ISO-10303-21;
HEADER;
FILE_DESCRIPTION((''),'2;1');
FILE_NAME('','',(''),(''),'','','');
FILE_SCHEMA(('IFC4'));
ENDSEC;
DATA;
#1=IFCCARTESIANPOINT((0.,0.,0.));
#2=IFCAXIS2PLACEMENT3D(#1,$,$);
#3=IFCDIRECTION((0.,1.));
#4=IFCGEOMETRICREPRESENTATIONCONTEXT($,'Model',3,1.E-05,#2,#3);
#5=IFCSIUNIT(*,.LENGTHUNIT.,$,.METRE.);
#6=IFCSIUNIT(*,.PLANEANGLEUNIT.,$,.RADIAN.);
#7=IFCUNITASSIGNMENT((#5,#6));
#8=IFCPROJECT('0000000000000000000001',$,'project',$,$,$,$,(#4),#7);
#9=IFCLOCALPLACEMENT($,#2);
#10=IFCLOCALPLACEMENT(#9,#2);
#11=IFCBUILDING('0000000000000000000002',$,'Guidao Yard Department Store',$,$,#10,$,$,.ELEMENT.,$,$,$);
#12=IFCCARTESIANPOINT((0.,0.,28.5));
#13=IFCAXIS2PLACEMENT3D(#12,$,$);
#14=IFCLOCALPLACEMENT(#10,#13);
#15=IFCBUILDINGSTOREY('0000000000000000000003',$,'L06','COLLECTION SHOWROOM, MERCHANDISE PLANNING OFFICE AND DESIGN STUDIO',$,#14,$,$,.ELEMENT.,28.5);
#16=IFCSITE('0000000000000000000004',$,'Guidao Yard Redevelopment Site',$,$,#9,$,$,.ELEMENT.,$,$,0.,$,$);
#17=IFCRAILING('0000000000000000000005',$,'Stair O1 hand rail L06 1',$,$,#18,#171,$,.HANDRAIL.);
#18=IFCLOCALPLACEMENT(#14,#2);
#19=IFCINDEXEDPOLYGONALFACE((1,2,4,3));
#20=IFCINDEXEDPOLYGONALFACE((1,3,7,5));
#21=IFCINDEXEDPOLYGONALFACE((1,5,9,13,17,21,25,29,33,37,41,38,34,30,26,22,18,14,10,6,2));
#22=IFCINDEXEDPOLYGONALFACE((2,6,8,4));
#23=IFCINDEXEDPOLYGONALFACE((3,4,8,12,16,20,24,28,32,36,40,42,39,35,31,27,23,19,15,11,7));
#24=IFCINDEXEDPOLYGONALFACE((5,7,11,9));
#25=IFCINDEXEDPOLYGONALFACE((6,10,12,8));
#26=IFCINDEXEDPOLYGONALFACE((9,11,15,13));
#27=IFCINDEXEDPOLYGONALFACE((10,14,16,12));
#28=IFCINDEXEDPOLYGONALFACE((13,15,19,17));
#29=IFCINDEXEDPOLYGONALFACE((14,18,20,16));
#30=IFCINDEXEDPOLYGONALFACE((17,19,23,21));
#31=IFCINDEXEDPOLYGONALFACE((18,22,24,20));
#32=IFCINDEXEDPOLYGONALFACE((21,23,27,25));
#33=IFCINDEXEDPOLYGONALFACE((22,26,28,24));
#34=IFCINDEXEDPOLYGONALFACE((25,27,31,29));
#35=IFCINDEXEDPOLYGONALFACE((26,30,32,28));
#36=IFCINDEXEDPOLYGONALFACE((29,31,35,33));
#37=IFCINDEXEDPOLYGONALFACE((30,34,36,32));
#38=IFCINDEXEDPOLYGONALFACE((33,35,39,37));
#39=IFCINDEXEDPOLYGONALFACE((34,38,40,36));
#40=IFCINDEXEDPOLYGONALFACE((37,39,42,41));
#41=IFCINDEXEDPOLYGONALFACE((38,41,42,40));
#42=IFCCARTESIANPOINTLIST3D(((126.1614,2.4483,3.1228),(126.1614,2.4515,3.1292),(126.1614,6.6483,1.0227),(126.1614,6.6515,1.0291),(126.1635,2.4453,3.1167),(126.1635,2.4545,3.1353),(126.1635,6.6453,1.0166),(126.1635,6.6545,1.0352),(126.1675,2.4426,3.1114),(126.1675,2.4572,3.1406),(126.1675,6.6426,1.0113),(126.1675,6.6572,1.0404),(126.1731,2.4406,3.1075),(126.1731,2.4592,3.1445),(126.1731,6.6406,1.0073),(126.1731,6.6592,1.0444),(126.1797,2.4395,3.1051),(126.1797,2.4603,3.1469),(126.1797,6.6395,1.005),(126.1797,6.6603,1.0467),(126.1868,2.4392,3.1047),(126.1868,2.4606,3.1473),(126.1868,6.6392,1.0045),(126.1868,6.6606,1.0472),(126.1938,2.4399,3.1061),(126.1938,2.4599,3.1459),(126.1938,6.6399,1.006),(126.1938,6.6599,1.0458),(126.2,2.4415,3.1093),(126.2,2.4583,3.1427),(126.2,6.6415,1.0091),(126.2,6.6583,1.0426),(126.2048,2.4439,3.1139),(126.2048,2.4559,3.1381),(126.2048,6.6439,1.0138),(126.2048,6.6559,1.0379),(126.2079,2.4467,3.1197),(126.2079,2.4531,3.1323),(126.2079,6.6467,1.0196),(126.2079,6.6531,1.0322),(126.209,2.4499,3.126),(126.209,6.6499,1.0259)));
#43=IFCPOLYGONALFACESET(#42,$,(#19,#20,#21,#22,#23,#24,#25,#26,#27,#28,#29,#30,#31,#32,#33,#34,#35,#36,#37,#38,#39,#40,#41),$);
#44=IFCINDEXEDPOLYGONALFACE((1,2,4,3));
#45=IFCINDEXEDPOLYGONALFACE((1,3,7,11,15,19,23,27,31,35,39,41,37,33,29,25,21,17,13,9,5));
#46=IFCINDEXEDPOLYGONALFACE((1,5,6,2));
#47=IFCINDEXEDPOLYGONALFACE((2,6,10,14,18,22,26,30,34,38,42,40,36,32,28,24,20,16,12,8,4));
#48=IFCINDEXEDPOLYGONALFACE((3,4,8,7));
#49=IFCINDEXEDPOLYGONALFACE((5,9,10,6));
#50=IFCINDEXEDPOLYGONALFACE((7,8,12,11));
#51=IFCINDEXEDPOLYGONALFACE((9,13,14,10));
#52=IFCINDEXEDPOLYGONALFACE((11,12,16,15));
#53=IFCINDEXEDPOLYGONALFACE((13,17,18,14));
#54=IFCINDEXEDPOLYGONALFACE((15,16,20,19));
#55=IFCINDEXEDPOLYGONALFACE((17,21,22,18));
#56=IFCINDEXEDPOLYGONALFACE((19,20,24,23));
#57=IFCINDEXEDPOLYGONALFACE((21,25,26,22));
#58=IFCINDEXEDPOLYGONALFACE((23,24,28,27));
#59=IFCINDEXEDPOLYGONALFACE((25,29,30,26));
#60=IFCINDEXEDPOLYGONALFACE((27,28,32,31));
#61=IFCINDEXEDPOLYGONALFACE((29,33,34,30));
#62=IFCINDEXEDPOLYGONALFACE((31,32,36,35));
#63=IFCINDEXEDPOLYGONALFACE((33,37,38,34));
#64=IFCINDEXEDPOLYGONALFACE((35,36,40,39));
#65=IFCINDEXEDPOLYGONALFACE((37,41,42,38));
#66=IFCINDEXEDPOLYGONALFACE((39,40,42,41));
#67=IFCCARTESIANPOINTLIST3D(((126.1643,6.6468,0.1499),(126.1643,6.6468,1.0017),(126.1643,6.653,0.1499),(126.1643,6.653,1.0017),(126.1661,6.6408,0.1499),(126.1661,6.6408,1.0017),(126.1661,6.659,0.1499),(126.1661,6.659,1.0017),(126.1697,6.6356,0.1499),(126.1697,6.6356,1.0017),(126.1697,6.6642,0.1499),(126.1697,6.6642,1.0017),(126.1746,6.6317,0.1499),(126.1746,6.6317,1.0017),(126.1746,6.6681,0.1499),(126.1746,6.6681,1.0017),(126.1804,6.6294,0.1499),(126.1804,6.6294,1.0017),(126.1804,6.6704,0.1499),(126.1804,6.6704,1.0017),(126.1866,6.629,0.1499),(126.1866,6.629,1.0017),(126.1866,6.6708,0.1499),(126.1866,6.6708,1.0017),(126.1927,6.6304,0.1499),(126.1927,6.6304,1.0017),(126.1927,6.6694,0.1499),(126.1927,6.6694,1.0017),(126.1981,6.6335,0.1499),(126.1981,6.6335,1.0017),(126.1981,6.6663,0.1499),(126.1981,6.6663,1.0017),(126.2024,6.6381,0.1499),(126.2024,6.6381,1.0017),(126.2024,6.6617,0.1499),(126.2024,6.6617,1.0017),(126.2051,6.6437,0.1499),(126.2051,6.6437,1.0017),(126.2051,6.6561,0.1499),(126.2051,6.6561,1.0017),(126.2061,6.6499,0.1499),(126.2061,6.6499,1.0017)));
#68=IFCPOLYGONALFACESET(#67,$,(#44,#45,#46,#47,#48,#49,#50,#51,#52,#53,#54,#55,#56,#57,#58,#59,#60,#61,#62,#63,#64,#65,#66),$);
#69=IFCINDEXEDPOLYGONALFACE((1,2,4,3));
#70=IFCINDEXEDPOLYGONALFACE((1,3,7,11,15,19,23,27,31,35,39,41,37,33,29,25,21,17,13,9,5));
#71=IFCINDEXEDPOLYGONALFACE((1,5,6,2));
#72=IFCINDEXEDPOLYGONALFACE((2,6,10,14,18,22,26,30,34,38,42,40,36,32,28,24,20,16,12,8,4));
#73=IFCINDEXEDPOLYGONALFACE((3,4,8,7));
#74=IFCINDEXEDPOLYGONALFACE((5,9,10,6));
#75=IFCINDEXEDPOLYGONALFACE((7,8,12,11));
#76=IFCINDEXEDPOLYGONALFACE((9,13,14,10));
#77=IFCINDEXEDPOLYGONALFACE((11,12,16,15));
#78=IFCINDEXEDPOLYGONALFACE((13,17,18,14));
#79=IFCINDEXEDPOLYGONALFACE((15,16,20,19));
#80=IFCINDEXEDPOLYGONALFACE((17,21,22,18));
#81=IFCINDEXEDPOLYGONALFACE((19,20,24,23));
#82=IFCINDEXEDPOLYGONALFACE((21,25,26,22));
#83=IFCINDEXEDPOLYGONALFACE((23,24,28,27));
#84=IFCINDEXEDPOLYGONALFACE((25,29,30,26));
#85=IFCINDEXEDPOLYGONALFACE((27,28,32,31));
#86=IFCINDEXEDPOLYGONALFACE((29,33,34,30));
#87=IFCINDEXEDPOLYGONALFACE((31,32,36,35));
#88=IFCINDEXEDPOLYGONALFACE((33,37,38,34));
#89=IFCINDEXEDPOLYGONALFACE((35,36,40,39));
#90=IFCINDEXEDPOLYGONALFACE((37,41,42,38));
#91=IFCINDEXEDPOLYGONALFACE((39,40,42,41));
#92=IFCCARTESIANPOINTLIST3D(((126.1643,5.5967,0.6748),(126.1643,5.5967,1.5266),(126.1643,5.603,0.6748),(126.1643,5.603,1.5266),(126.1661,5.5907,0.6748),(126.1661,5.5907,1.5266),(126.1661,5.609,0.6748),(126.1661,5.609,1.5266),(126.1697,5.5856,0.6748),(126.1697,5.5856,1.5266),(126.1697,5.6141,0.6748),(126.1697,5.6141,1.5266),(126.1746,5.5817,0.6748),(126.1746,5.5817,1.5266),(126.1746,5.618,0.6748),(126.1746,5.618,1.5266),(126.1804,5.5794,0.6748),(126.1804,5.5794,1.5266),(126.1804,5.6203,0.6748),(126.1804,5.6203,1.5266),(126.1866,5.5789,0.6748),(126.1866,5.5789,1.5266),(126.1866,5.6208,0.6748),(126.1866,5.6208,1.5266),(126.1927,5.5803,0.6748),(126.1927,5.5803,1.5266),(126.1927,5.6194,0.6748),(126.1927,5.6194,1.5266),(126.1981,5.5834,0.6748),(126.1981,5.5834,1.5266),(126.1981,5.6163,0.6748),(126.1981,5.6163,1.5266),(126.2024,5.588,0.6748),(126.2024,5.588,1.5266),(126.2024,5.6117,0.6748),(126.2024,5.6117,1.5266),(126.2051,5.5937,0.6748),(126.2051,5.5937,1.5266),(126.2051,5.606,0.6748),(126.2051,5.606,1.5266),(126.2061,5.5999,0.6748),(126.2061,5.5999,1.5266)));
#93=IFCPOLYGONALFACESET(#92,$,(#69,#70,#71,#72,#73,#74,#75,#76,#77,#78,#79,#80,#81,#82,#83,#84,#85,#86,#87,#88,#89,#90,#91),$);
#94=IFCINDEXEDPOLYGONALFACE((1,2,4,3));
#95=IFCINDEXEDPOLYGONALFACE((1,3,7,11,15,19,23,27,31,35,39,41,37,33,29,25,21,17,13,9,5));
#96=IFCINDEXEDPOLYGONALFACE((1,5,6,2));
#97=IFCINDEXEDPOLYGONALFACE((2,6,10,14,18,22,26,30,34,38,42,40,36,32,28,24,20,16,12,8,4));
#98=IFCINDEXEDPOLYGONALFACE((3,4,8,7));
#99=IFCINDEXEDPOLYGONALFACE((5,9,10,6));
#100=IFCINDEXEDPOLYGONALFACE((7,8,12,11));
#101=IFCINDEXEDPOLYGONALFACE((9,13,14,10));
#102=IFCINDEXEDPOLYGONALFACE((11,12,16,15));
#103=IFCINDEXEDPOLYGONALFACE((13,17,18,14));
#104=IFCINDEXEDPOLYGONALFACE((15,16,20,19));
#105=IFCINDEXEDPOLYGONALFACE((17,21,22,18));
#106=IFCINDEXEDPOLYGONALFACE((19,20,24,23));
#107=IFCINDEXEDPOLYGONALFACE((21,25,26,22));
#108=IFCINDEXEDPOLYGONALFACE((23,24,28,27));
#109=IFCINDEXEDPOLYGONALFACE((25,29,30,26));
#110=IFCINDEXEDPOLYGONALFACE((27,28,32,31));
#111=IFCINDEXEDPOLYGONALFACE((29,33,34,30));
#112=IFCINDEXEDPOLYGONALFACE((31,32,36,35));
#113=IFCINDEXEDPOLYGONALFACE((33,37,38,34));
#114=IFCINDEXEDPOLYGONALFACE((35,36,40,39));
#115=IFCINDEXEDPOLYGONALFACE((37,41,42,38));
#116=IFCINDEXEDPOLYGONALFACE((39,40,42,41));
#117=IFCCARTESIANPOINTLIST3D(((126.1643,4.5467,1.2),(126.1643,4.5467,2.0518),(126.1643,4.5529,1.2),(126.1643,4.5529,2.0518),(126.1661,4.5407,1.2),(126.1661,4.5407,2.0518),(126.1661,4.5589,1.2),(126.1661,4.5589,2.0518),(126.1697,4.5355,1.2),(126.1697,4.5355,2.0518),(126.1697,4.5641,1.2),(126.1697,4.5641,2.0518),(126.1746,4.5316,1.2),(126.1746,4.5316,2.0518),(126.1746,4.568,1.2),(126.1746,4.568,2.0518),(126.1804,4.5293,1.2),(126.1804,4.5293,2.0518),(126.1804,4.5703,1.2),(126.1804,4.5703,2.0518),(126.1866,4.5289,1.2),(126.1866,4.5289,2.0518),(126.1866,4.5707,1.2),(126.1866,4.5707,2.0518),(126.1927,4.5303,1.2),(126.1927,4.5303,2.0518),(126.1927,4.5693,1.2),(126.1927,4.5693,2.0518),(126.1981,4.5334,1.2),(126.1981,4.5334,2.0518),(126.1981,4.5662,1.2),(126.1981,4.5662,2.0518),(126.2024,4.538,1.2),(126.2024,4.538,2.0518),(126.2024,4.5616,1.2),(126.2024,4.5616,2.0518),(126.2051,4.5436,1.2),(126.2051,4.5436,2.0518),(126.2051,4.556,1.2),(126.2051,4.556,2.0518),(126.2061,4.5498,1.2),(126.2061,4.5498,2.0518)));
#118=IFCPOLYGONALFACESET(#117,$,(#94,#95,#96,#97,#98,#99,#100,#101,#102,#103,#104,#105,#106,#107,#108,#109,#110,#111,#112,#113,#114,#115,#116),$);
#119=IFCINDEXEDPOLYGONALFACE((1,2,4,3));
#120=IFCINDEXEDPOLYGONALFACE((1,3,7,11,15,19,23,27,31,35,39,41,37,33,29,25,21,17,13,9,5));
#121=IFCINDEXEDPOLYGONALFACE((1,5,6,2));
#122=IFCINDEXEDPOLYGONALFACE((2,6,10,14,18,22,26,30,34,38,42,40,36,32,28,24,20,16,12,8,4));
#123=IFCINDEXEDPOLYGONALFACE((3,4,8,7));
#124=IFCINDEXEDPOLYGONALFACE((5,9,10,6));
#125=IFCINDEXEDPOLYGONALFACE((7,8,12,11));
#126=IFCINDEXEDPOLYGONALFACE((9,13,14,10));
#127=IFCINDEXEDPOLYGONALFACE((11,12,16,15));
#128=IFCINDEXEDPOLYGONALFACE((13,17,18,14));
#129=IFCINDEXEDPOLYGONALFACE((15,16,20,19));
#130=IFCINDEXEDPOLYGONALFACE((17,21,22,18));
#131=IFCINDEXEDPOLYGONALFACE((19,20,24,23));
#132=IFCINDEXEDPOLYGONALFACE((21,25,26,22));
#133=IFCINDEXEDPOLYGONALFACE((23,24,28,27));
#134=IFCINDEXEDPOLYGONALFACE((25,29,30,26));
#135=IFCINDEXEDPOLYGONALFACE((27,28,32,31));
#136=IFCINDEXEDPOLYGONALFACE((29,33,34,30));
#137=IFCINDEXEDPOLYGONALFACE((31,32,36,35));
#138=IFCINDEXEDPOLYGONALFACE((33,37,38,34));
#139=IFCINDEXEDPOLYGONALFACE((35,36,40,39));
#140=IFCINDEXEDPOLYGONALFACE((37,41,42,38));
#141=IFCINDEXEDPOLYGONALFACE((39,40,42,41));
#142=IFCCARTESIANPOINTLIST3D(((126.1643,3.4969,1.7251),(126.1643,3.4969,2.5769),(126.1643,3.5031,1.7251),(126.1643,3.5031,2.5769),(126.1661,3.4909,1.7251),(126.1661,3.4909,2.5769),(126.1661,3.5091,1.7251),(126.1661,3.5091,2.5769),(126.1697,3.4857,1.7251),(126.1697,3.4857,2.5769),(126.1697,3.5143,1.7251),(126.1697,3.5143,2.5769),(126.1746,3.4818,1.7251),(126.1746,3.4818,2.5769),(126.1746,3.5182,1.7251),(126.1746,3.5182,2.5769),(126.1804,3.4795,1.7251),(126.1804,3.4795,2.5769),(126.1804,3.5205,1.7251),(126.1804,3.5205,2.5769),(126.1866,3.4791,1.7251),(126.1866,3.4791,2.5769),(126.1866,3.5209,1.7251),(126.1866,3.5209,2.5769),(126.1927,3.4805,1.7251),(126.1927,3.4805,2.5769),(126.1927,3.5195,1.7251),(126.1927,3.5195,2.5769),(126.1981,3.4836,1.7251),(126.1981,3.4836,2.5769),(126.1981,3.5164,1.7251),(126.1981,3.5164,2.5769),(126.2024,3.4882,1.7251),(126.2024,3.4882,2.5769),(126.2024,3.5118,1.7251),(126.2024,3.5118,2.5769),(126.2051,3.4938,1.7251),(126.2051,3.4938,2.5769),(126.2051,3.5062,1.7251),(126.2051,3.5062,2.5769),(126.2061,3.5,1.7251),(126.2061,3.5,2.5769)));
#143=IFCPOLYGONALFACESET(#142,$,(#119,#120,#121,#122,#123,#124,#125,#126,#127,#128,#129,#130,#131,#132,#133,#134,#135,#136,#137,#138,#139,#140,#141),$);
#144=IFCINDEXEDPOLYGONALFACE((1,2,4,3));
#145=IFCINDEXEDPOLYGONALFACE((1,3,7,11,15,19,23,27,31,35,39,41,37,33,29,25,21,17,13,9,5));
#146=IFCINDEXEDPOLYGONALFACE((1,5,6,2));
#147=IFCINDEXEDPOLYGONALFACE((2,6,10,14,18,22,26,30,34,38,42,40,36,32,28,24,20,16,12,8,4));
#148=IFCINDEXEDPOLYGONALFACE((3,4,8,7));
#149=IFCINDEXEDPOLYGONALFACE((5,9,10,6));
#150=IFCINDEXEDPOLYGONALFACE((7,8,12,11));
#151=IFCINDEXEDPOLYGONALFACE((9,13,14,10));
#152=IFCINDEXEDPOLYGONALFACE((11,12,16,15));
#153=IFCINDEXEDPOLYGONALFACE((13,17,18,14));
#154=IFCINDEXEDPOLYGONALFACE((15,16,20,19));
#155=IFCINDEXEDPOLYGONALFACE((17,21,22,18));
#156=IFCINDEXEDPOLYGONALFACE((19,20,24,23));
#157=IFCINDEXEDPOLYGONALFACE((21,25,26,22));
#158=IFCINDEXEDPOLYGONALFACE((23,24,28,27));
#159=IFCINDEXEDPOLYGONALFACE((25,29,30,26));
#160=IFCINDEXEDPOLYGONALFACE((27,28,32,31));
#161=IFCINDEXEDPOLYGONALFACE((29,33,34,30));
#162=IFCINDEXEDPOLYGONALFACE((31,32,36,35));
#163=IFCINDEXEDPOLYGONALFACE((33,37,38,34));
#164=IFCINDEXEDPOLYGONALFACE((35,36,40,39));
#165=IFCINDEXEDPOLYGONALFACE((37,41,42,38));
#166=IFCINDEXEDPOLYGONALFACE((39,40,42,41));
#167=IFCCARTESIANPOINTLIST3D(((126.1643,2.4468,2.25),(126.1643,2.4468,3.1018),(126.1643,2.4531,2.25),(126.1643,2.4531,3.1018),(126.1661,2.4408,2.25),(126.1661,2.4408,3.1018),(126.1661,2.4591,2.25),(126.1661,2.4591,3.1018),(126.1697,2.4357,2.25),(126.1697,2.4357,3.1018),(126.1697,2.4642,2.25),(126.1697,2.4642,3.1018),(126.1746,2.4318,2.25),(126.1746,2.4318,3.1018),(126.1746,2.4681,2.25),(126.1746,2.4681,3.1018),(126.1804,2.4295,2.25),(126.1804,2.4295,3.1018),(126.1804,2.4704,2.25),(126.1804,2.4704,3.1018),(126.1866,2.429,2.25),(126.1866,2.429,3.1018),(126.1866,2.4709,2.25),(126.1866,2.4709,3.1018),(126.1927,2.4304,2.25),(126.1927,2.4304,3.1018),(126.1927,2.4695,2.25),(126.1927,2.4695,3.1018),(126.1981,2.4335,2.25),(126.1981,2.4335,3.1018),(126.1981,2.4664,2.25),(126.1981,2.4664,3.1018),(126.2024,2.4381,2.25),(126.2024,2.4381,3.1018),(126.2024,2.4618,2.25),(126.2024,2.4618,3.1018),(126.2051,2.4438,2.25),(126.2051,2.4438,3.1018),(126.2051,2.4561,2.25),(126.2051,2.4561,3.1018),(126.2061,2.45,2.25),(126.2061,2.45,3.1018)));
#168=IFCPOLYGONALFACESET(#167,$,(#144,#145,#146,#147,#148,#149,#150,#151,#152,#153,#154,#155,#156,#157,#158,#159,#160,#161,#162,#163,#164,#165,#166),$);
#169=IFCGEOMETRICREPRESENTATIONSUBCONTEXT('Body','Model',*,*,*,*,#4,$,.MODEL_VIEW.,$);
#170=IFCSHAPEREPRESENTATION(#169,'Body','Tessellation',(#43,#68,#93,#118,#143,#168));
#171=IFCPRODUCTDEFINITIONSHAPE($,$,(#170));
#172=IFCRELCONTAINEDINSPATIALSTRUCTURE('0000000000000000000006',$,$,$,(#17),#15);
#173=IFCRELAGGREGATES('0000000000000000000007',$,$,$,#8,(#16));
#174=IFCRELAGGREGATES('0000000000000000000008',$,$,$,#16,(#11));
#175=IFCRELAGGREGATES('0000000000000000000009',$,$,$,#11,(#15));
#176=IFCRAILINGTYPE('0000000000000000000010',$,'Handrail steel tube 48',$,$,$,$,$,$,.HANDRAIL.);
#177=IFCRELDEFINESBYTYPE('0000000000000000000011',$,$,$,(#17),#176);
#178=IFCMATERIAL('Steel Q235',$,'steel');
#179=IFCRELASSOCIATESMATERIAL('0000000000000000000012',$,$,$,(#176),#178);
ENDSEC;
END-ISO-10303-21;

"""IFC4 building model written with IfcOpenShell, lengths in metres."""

from ifc_helpers import new_model, si_unit, direction, frame, origin, origin_2d, place, context, subcontext, project, spatial, circle, extrude, material, type_object, element, save


model = new_model("IFC4")

# Units and contexts
model_context = context("Model", 3, precision=1e-05, world=origin(), true_north=direction((0.0, 1.0)))
body_context = subcontext(model_context, "Body", "Model", "MODEL_VIEW")
ifc_project = project(units=[si_unit("LENGTHUNIT", "METRE"), si_unit("PLANEANGLEUNIT", "RADIAN")], contexts=[model_context])

# Site, building, storey
site_placement = place(None, origin())
site = spatial("IfcSite", under=ifc_project, at=site_placement, Name="Guidao Yard Redevelopment Site", CompositionType="ELEMENT", RefElevation=0.0)
building_placement = place(site_placement, origin())
building = spatial("IfcBuilding", under=site, at=building_placement, Name="Guidao Yard Department Store", CompositionType="ELEMENT")
storey_placement = place(building_placement, frame((0.0, 0.0, 28.5)))
storey = spatial("IfcBuildingStorey", under=building, at=storey_placement, Name="L06", Description="COLLECTION SHOWROOM, MERCHANDISE PLANNING OFFICE AND DESIGN STUDIO", CompositionType="ELEMENT", Elevation=28.5)

# Railing
ifc_material_1 = material(Name="Steel Q235", Category="steel")
railing_type_1 = type_object("IfcRailingType", Name="Handrail steel tube 48", PredefinedType="HANDRAIL", material=ifc_material_1)
for number, where, name in (
    (1, (126.1851, 6.6499, 0.1499), "Stair O1 hand rail L06 1"),
):
    element("IfcRailing", number, at=place(storey_placement, frame(where)), inside=storey, type_object=railing_type_1, Name=name, PredefinedType="HANDRAIL", context=body_context, shape_type="SweptSolid", body=[
        extrude(circle(Radius=0.0239, at=origin_2d()), frame((0.0, 0.0, 0.876), z_axis=(0.0, -0.894417, 0.447234), x_axis=(1.0, 0.0, 0.0)), (0.0, 0.0, 1.0), 4.6958),
        extrude(circle(Radius=0.021, at=origin_2d()), origin(), (0.0, 0.0, 1.0), 0.8518),
        extrude(circle(Radius=0.021, at=origin_2d()), frame((0.0, -1.05, 0.5249)), (0.0, 0.0, 1.0), 0.8518),
        extrude(circle(Radius=0.021, at=origin_2d()), frame((0.0, -2.1001, 1.05)), (0.0, 0.0, 1.0), 0.8518),
        extrude(circle(Radius=0.021, at=origin_2d()), frame((0.0, -3.1499, 1.5752)), (0.0, 0.0, 1.0), 0.8518),
        extrude(circle(Radius=0.021, at=origin_2d()), frame((0.0, -4.2, 2.1001)), (0.0, 0.0, 1.0), 0.8518),
    ])

save(model, "model.ifc")
